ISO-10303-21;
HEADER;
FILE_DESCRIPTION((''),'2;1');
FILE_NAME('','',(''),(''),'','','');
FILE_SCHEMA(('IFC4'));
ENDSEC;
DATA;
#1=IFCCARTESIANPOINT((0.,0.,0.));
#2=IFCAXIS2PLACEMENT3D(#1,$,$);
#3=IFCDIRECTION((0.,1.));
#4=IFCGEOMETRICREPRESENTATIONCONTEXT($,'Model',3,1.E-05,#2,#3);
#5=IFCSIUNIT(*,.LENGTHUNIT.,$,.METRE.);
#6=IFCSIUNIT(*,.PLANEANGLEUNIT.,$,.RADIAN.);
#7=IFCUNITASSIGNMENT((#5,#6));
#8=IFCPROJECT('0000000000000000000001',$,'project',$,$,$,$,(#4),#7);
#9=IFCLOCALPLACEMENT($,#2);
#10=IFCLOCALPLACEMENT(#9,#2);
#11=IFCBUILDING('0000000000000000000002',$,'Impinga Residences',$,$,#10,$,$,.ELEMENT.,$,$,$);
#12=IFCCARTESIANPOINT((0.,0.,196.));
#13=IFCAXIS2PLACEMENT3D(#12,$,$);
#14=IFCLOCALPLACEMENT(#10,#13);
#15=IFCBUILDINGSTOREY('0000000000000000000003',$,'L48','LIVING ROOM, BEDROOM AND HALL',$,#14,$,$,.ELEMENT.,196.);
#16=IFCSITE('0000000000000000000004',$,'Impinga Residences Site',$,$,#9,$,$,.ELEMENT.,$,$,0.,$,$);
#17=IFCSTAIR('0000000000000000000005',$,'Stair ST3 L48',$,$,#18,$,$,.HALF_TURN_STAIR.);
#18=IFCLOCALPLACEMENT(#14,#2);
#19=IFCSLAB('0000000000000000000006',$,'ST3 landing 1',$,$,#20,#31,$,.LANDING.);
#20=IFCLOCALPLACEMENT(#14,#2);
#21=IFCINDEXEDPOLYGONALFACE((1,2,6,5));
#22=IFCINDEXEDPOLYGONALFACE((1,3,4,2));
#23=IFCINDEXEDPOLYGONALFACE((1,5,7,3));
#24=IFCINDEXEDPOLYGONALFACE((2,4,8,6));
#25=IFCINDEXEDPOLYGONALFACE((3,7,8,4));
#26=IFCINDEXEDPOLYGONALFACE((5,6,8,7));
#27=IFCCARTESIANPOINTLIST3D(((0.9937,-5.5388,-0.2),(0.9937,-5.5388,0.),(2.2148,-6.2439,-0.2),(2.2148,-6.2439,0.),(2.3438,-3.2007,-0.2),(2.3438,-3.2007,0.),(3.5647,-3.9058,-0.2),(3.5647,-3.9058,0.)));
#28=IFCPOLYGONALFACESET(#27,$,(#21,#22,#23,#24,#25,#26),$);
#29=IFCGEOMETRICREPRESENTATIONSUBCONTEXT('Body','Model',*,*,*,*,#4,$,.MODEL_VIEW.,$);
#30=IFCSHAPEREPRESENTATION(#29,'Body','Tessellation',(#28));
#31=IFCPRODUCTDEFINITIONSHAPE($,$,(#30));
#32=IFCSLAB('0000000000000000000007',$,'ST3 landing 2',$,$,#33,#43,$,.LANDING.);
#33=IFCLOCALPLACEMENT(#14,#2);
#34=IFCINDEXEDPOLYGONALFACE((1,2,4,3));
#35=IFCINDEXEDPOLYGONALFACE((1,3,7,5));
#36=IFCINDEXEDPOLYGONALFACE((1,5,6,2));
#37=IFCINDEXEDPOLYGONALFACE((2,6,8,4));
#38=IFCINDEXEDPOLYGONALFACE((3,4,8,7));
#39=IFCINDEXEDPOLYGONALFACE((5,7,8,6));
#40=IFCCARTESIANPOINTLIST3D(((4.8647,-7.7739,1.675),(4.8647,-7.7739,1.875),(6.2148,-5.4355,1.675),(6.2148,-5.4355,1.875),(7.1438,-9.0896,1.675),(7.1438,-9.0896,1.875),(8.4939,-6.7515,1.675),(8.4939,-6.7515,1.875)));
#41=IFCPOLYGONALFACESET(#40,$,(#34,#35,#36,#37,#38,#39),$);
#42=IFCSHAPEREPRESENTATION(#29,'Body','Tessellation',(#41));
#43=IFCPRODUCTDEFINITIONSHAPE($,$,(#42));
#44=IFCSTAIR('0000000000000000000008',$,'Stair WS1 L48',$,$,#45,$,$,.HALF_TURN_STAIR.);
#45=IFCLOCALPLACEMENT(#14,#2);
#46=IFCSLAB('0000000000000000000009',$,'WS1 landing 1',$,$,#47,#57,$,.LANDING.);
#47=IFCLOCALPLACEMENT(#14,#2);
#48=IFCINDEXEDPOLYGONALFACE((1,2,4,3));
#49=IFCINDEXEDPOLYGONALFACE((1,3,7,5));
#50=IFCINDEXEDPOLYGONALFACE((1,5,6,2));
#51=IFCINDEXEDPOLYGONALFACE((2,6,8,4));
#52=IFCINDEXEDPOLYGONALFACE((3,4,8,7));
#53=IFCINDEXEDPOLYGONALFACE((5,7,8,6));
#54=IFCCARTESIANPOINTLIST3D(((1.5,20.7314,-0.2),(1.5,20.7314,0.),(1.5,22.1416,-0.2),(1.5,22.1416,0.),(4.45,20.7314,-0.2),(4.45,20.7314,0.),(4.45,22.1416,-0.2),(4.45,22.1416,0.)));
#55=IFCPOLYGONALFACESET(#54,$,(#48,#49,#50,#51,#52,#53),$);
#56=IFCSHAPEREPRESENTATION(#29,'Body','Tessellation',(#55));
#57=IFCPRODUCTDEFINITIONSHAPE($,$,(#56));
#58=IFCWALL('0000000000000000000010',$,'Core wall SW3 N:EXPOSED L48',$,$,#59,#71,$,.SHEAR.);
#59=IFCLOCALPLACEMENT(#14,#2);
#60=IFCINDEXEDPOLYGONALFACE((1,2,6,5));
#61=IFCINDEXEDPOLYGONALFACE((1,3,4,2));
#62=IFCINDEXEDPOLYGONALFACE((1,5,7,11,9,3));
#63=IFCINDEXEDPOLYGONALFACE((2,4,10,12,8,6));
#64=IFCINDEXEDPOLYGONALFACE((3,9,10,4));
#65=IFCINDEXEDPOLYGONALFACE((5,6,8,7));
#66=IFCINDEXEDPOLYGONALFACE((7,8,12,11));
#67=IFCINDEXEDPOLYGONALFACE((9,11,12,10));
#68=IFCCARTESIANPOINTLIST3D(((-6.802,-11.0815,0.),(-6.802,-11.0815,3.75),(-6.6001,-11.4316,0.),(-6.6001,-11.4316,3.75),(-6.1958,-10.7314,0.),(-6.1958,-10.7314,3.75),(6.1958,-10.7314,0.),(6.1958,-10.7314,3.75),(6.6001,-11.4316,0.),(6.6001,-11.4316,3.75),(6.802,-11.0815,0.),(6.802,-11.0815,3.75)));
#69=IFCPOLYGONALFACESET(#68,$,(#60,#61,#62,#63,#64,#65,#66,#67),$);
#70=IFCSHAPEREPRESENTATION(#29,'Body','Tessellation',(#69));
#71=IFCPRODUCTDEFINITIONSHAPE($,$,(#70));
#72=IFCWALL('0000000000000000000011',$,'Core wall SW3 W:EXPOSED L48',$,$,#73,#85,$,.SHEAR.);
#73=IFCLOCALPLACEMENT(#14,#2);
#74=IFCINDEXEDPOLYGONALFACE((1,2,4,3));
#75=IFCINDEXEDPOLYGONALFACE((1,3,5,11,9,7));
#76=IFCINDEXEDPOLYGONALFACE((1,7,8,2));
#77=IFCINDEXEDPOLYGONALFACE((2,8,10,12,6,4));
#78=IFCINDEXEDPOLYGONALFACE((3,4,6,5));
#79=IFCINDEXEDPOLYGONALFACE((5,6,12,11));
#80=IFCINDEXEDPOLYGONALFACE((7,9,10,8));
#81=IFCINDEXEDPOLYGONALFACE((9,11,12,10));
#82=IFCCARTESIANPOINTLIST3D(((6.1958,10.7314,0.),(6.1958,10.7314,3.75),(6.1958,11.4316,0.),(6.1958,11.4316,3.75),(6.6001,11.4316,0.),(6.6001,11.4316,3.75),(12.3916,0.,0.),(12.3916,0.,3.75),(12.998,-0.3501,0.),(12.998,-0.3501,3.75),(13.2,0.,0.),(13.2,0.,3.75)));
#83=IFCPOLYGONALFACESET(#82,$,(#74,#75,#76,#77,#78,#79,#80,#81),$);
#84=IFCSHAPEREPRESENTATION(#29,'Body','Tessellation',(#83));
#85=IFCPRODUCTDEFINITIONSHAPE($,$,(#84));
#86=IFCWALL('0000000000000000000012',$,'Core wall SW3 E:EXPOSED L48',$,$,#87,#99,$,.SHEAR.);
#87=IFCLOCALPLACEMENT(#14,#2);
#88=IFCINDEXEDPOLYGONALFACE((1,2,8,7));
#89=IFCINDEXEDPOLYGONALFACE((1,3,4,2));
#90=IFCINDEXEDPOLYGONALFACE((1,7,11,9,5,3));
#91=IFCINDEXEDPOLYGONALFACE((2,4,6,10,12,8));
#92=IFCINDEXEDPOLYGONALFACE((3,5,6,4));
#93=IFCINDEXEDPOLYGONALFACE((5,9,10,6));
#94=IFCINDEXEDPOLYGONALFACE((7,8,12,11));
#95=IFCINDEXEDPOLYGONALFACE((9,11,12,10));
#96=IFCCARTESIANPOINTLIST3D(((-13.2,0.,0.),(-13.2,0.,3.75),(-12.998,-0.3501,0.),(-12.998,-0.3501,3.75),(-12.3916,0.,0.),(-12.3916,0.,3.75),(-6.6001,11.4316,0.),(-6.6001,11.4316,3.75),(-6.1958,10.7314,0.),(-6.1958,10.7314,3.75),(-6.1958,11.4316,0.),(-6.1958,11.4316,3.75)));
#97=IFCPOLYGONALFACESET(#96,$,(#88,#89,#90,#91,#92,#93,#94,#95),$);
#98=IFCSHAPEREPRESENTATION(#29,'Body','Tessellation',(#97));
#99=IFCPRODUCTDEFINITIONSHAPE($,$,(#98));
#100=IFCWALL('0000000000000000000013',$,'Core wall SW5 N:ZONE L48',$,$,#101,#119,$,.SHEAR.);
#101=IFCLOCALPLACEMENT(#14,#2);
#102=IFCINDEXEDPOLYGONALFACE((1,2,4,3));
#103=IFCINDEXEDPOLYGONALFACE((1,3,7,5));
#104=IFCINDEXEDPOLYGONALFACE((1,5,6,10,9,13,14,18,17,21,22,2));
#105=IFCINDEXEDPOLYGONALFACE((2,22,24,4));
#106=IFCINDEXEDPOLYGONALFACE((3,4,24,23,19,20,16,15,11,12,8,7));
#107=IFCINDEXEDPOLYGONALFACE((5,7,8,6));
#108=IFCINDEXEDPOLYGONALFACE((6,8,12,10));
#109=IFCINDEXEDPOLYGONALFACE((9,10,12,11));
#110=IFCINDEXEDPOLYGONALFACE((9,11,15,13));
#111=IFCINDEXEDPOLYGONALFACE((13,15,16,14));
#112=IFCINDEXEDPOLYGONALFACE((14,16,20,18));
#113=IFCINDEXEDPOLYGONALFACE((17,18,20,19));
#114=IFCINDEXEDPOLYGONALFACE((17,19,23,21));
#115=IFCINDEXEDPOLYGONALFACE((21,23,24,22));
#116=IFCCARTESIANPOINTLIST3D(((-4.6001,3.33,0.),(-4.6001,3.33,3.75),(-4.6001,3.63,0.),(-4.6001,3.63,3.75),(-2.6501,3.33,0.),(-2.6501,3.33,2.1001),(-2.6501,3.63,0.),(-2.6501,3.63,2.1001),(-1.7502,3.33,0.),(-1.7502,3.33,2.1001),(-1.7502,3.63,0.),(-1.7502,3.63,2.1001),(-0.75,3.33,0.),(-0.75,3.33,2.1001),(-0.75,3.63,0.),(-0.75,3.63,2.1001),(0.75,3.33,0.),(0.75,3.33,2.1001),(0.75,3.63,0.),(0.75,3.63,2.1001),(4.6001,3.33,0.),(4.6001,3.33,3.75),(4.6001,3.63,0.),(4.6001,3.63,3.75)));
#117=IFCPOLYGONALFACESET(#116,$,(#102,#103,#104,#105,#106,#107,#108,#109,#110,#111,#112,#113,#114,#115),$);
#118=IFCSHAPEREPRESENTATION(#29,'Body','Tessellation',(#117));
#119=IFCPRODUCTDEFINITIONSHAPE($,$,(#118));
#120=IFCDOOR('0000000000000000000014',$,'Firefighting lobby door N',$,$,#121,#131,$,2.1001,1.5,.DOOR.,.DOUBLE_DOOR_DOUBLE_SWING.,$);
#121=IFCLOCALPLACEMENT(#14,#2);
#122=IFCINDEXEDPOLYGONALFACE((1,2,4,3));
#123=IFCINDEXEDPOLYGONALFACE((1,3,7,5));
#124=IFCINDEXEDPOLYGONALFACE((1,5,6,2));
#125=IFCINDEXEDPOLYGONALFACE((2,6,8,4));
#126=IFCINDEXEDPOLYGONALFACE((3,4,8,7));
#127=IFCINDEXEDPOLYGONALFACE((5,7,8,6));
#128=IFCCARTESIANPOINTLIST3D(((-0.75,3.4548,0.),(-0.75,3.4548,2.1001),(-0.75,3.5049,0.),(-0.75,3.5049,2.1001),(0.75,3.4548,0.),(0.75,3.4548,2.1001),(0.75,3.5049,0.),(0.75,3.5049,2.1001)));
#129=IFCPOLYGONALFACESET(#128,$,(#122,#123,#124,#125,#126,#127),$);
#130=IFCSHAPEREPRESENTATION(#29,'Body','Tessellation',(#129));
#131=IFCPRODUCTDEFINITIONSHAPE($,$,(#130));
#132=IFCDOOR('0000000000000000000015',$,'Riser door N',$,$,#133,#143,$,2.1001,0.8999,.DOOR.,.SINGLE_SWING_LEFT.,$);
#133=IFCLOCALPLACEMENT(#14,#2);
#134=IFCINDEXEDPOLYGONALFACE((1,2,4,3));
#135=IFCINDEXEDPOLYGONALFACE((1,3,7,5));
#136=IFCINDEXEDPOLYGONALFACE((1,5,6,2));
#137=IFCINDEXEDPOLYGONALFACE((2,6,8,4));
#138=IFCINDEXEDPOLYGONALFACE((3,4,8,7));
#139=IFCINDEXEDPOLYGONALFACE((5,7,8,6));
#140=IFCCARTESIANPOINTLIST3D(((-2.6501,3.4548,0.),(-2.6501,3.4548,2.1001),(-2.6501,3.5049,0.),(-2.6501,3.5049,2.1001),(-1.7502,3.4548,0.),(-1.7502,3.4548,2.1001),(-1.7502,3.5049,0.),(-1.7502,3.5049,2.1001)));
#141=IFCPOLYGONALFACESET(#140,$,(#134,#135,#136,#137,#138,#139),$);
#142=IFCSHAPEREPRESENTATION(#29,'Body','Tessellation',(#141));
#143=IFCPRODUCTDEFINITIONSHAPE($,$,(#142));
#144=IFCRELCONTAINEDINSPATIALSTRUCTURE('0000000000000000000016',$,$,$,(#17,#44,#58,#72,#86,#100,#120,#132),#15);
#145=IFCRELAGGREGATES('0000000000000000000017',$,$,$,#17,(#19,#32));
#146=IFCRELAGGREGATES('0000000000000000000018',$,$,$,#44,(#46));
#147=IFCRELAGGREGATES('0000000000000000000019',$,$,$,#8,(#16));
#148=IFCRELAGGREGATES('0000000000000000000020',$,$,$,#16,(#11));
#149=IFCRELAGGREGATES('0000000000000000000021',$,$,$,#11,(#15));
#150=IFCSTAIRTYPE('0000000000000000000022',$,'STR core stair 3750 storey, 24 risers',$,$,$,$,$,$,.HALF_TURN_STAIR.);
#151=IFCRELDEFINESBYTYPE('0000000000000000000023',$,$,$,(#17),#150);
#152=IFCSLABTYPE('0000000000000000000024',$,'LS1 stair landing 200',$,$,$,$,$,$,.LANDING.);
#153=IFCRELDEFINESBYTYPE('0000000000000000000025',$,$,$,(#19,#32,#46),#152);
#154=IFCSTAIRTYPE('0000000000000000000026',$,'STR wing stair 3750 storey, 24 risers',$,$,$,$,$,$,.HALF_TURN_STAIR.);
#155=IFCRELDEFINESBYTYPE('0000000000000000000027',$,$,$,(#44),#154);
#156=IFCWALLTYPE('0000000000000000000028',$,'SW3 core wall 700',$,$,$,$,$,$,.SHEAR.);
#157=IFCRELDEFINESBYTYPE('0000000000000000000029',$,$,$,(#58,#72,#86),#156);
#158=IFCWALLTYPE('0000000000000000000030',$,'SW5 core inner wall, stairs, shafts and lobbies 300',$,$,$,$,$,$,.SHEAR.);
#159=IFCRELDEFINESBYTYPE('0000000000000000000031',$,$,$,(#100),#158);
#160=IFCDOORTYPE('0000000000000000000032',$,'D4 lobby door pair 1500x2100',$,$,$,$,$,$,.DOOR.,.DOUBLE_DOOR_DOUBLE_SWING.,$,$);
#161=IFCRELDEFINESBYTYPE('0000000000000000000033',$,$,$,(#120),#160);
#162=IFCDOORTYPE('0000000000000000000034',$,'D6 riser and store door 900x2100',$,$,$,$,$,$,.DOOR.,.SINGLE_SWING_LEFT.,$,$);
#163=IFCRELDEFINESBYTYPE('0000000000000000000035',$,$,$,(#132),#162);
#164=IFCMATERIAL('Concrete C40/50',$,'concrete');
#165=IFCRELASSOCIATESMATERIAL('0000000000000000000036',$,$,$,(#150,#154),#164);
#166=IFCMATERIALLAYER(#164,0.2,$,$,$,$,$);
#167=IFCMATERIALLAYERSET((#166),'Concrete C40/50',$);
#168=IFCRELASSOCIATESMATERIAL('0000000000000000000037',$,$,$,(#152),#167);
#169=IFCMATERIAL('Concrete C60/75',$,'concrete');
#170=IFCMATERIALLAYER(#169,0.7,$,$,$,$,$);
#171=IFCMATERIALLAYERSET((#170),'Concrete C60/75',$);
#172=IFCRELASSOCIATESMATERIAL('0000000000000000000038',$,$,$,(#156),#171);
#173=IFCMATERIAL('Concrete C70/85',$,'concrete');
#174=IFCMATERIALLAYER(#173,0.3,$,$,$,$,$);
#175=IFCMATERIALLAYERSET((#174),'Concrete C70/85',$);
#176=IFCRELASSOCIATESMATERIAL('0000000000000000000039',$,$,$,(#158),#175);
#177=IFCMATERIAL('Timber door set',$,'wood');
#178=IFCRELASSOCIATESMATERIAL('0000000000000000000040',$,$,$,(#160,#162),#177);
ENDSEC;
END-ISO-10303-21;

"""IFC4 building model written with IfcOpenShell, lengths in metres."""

from ifc_helpers import new_model, si_unit, direction, frame, frame_2d, origin, place, context, subcontext, project, spatial, polyline, rectangle, outline, extrude, material, layer, layer_set, type_object, element, fill, aggregate, save


model = new_model("IFC4")

# Units and contexts
model_context = context("Model", 3, precision=1e-05, world=origin(), true_north=direction((0.0, 1.0)))
body_context = subcontext(model_context, "Body", "Model", "MODEL_VIEW")
ifc_project = project(units=[si_unit("LENGTHUNIT", "METRE"), si_unit("PLANEANGLEUNIT", "RADIAN")], contexts=[model_context])

# Site, building, storey
site_placement = place(None, origin())
site = spatial("IfcSite", under=ifc_project, at=site_placement, Name="Impinga Residences Site", CompositionType="ELEMENT", RefElevation=0.0)
building_placement = place(site_placement, origin())
building = spatial("IfcBuilding", under=site, at=building_placement, Name="Impinga Residences", CompositionType="ELEMENT")
storey_placement = place(building_placement, frame((0.0, 0.0, 196.0)))
storey = spatial("IfcBuildingStorey", under=building, at=storey_placement, Name="L48", Description="LIVING ROOM, BEDROOM AND HALL", CompositionType="ELEMENT", Elevation=196.0)

# Shared definitions
ifc_material_1 = material(Name="Concrete C60/75", Category="concrete")

# Stair, slabs
ifc_material_2 = material(Name="Concrete C40/50", Category="concrete")
stair_type_1 = type_object("IfcStairType", Name="STR core stair 3750 storey, 24 risers", PredefinedType="HALF_TURN_STAIR", material=ifc_material_2)
ifc_layer_1 = layer(ifc_material_2, 0.2)
ifc_layer_set_1 = layer_set([ifc_layer_1], Name="Concrete C40/50")
slab_type_1 = type_object("IfcSlabType", Name="LS1 stair landing 200", PredefinedType="LANDING", material=ifc_layer_set_1)
stair_1_placement = place(storey_placement, origin())
stair_1 = element("IfcStair", 1, at=stair_1_placement, inside=storey, type_object=stair_type_1, Name="Stair ST3 L48", PredefinedType="HALF_TURN_STAIR")
slab_1_placement = place(storey_placement, frame((0.0, 0.0, -0.2)))
slab_1 = element("IfcSlab", 2, at=slab_1_placement, type_object=slab_type_1, Name="ST3 landing 1", PredefinedType="LANDING", context=body_context, shape_type="SweptSolid", body=[
    extrude(outline(polyline([(2.3438, -3.2007), (0.9937, -5.5388), (2.2148, -6.2439), (3.5647, -3.9058), (2.3438, -3.2007)])), origin(), (0.0, 0.0, 1.0), 0.2),
])
slab_2_placement = place(storey_placement, frame((0.0, 0.0, 1.675)))
slab_2 = element("IfcSlab", 3, at=slab_2_placement, type_object=slab_type_1, Name="ST3 landing 2", PredefinedType="LANDING", context=body_context, shape_type="SweptSolid", body=[
    extrude(outline(polyline([(6.2148, -5.4355), (4.8647, -7.7739), (7.1438, -9.0896), (8.4939, -6.7515), (6.2148, -5.4355)])), origin(), (0.0, 0.0, 1.0), 0.2),
])
aggregate(stair_1, [slab_1, slab_2])

# Stair, slab
stair_type_2 = type_object("IfcStairType", Name="STR wing stair 3750 storey, 24 risers", PredefinedType="HALF_TURN_STAIR", material=ifc_material_2)
stair_2_placement = place(storey_placement, origin())
stair_2 = element("IfcStair", 4, at=stair_2_placement, inside=storey, type_object=stair_type_2, Name="Stair WS1 L48", PredefinedType="HALF_TURN_STAIR")
slab_3_placement = place(storey_placement, frame((0.0, 0.0, -0.2)))
slab_3 = element("IfcSlab", 5, at=slab_3_placement, type_object=slab_type_1, Name="WS1 landing 1", PredefinedType="LANDING", context=body_context, shape_type="SweptSolid", body=[
    extrude(outline(polyline([(1.5, 20.7314), (4.45, 20.7314), (4.45, 22.1416), (1.5, 22.1416), (1.5, 20.7314)])), origin(), (0.0, 0.0, 1.0), 0.2),
])
aggregate(stair_2, [slab_3])

# Walls
ifc_layer_2 = layer(ifc_material_1, 0.7)
ifc_layer_set_2 = layer_set([ifc_layer_2], Name="Concrete C60/75")
wall_type_1 = type_object("IfcWallType", Name="SW3 core wall 700", PredefinedType="SHEAR", material=ifc_layer_set_2)
wall_1_placement = place(storey_placement, origin())
element("IfcWall", 6, at=wall_1_placement, inside=storey, type_object=wall_type_1, Name="Core wall SW3 N:EXPOSED L48", PredefinedType="SHEAR", context=body_context, shape_type="SweptSolid", body=[
    extrude(outline(polyline([(-6.6001, -11.4316), (6.6001, -11.4316), (6.802, -11.0815), (6.1958, -10.7314), (-6.1958, -10.7314), (-6.802, -11.0815), (-6.6001, -11.4316)])), origin(), (0.0, 0.0, 1.0), 3.75),
])
wall_2_placement = place(storey_placement, origin())
element("IfcWall", 7, at=wall_2_placement, inside=storey, type_object=wall_type_1, Name="Core wall SW3 W:EXPOSED L48", PredefinedType="SHEAR", context=body_context, shape_type="SweptSolid", body=[
    extrude(outline(polyline([(13.2, 0.0), (6.6001, 11.4316), (6.1958, 11.4316), (6.1958, 10.7314), (12.3916, 0.0), (12.998, -0.3501), (13.2, 0.0)])), origin(), (0.0, 0.0, 1.0), 3.75),
])
wall_3_placement = place(storey_placement, origin())
element("IfcWall", 8, at=wall_3_placement, inside=storey, type_object=wall_type_1, Name="Core wall SW3 E:EXPOSED L48", PredefinedType="SHEAR", context=body_context, shape_type="SweptSolid", body=[
    extrude(outline(polyline([(-6.6001, 11.4316), (-13.2, 0.0), (-12.998, -0.3501), (-12.3916, 0.0), (-6.1958, 10.7314), (-6.1958, 11.4316), (-6.6001, 11.4316)])), origin(), (0.0, 0.0, 1.0), 3.75),
])

# Wall, openings, doors
ifc_material_3 = material(Name="Concrete C70/85", Category="concrete")
ifc_layer_3 = layer(ifc_material_3, 0.3)
ifc_layer_set_3 = layer_set([ifc_layer_3], Name="Concrete C70/85")
wall_type_2 = type_object("IfcWallType", Name="SW5 core inner wall, stairs, shafts and lobbies 300", PredefinedType="SHEAR", material=ifc_layer_set_3)
wall_4_placement = place(storey_placement, frame((-4.6001, 3.48, 0.0), z_axis=(0.0, 0.0, 1.0), x_axis=(1.0, 0.0, 0.0)))
wall_4 = element("IfcWall", 9, at=wall_4_placement, inside=storey, type_object=wall_type_2, Name="Core wall SW5 N:ZONE L48", PredefinedType="SHEAR", context=body_context, shape_type="SweptSolid", body=[
    extrude(rectangle(XDim=9.2002, YDim=0.3, at=frame_2d((4.6001, 0.0))), origin(), (0.0, 0.0, 1.0), 3.75),
])
opening_1_placement = place(wall_4_placement, frame((3.8501, 0.0, 0.0)))
opening_1 = element("IfcOpeningElement", 10, at=opening_1_placement, cuts=wall_4, PredefinedType="OPENING", context=body_context, shape_type="SweptSolid", body=[
    extrude(rectangle(XDim=1.5, YDim=2.1001, at=frame_2d((0.75, 1.05))), frame((0.0, 0.1599, 0.0), z_axis=(0.0, -1.0, 0.0), x_axis=(1.0, 0.0, 0.0)), (0.0, 0.0, 1.0), 0.3201),
])
opening_2_placement = place(wall_4_placement, frame((1.95, 0.0, 0.0)))
opening_2 = element("IfcOpeningElement", 11, at=opening_2_placement, cuts=wall_4, PredefinedType="OPENING", context=body_context, shape_type="SweptSolid", body=[
    extrude(rectangle(XDim=0.8999, YDim=2.1001, at=frame_2d((0.45, 1.05))), frame((0.0, 0.1599, 0.0), z_axis=(0.0, -1.0, 0.0), x_axis=(1.0, 0.0, 0.0)), (0.0, 0.0, 1.0), 0.3201),
])
ifc_material_4 = material(Name="Timber door set", Category="wood")
door_type_1 = type_object("IfcDoorType", Name="D4 lobby door pair 1500x2100", OperationType="DOUBLE_DOOR_DOUBLE_SWING", PredefinedType="DOOR", material=ifc_material_4)
door_1_placement = place(opening_1_placement, origin())
door_1 = element("IfcDoor", 12, at=door_1_placement, inside=storey, type_object=door_type_1, Name="Firefighting lobby door N", OperationType="DOUBLE_DOOR_DOUBLE_SWING", OverallHeight=2.1001, OverallWidth=1.5, PredefinedType="DOOR", context=body_context, shape_type="SweptSolid", body=[
    extrude(rectangle(XDim=1.5, YDim=2.1001, at=frame_2d((0.75, 1.05))), frame((0.0, 0.0249, 0.0), z_axis=(0.0, -1.0, 0.0), x_axis=(1.0, 0.0, 0.0)), (0.0, 0.0, 1.0), 0.05),
])
fill(opening_1, door_1)
door_type_2 = type_object("IfcDoorType", Name="D6 riser and store door 900x2100", OperationType="SINGLE_SWING_LEFT", PredefinedType="DOOR", material=ifc_material_4)
door_2_placement = place(opening_2_placement, origin())
door_2 = element("IfcDoor", 13, at=door_2_placement, inside=storey, type_object=door_type_2, Name="Riser door N", OperationType="SINGLE_SWING_LEFT", OverallHeight=2.1001, OverallWidth=0.8999, PredefinedType="DOOR", context=body_context, shape_type="SweptSolid", body=[
    extrude(rectangle(XDim=0.8999, YDim=2.1001, at=frame_2d((0.45, 1.05))), frame((0.0, 0.0249, 0.0), z_axis=(0.0, -1.0, 0.0), x_axis=(1.0, 0.0, 0.0)), (0.0, 0.0, 1.0), 0.05),
])
fill(opening_2, door_2)

save(model, "model.ifc")
